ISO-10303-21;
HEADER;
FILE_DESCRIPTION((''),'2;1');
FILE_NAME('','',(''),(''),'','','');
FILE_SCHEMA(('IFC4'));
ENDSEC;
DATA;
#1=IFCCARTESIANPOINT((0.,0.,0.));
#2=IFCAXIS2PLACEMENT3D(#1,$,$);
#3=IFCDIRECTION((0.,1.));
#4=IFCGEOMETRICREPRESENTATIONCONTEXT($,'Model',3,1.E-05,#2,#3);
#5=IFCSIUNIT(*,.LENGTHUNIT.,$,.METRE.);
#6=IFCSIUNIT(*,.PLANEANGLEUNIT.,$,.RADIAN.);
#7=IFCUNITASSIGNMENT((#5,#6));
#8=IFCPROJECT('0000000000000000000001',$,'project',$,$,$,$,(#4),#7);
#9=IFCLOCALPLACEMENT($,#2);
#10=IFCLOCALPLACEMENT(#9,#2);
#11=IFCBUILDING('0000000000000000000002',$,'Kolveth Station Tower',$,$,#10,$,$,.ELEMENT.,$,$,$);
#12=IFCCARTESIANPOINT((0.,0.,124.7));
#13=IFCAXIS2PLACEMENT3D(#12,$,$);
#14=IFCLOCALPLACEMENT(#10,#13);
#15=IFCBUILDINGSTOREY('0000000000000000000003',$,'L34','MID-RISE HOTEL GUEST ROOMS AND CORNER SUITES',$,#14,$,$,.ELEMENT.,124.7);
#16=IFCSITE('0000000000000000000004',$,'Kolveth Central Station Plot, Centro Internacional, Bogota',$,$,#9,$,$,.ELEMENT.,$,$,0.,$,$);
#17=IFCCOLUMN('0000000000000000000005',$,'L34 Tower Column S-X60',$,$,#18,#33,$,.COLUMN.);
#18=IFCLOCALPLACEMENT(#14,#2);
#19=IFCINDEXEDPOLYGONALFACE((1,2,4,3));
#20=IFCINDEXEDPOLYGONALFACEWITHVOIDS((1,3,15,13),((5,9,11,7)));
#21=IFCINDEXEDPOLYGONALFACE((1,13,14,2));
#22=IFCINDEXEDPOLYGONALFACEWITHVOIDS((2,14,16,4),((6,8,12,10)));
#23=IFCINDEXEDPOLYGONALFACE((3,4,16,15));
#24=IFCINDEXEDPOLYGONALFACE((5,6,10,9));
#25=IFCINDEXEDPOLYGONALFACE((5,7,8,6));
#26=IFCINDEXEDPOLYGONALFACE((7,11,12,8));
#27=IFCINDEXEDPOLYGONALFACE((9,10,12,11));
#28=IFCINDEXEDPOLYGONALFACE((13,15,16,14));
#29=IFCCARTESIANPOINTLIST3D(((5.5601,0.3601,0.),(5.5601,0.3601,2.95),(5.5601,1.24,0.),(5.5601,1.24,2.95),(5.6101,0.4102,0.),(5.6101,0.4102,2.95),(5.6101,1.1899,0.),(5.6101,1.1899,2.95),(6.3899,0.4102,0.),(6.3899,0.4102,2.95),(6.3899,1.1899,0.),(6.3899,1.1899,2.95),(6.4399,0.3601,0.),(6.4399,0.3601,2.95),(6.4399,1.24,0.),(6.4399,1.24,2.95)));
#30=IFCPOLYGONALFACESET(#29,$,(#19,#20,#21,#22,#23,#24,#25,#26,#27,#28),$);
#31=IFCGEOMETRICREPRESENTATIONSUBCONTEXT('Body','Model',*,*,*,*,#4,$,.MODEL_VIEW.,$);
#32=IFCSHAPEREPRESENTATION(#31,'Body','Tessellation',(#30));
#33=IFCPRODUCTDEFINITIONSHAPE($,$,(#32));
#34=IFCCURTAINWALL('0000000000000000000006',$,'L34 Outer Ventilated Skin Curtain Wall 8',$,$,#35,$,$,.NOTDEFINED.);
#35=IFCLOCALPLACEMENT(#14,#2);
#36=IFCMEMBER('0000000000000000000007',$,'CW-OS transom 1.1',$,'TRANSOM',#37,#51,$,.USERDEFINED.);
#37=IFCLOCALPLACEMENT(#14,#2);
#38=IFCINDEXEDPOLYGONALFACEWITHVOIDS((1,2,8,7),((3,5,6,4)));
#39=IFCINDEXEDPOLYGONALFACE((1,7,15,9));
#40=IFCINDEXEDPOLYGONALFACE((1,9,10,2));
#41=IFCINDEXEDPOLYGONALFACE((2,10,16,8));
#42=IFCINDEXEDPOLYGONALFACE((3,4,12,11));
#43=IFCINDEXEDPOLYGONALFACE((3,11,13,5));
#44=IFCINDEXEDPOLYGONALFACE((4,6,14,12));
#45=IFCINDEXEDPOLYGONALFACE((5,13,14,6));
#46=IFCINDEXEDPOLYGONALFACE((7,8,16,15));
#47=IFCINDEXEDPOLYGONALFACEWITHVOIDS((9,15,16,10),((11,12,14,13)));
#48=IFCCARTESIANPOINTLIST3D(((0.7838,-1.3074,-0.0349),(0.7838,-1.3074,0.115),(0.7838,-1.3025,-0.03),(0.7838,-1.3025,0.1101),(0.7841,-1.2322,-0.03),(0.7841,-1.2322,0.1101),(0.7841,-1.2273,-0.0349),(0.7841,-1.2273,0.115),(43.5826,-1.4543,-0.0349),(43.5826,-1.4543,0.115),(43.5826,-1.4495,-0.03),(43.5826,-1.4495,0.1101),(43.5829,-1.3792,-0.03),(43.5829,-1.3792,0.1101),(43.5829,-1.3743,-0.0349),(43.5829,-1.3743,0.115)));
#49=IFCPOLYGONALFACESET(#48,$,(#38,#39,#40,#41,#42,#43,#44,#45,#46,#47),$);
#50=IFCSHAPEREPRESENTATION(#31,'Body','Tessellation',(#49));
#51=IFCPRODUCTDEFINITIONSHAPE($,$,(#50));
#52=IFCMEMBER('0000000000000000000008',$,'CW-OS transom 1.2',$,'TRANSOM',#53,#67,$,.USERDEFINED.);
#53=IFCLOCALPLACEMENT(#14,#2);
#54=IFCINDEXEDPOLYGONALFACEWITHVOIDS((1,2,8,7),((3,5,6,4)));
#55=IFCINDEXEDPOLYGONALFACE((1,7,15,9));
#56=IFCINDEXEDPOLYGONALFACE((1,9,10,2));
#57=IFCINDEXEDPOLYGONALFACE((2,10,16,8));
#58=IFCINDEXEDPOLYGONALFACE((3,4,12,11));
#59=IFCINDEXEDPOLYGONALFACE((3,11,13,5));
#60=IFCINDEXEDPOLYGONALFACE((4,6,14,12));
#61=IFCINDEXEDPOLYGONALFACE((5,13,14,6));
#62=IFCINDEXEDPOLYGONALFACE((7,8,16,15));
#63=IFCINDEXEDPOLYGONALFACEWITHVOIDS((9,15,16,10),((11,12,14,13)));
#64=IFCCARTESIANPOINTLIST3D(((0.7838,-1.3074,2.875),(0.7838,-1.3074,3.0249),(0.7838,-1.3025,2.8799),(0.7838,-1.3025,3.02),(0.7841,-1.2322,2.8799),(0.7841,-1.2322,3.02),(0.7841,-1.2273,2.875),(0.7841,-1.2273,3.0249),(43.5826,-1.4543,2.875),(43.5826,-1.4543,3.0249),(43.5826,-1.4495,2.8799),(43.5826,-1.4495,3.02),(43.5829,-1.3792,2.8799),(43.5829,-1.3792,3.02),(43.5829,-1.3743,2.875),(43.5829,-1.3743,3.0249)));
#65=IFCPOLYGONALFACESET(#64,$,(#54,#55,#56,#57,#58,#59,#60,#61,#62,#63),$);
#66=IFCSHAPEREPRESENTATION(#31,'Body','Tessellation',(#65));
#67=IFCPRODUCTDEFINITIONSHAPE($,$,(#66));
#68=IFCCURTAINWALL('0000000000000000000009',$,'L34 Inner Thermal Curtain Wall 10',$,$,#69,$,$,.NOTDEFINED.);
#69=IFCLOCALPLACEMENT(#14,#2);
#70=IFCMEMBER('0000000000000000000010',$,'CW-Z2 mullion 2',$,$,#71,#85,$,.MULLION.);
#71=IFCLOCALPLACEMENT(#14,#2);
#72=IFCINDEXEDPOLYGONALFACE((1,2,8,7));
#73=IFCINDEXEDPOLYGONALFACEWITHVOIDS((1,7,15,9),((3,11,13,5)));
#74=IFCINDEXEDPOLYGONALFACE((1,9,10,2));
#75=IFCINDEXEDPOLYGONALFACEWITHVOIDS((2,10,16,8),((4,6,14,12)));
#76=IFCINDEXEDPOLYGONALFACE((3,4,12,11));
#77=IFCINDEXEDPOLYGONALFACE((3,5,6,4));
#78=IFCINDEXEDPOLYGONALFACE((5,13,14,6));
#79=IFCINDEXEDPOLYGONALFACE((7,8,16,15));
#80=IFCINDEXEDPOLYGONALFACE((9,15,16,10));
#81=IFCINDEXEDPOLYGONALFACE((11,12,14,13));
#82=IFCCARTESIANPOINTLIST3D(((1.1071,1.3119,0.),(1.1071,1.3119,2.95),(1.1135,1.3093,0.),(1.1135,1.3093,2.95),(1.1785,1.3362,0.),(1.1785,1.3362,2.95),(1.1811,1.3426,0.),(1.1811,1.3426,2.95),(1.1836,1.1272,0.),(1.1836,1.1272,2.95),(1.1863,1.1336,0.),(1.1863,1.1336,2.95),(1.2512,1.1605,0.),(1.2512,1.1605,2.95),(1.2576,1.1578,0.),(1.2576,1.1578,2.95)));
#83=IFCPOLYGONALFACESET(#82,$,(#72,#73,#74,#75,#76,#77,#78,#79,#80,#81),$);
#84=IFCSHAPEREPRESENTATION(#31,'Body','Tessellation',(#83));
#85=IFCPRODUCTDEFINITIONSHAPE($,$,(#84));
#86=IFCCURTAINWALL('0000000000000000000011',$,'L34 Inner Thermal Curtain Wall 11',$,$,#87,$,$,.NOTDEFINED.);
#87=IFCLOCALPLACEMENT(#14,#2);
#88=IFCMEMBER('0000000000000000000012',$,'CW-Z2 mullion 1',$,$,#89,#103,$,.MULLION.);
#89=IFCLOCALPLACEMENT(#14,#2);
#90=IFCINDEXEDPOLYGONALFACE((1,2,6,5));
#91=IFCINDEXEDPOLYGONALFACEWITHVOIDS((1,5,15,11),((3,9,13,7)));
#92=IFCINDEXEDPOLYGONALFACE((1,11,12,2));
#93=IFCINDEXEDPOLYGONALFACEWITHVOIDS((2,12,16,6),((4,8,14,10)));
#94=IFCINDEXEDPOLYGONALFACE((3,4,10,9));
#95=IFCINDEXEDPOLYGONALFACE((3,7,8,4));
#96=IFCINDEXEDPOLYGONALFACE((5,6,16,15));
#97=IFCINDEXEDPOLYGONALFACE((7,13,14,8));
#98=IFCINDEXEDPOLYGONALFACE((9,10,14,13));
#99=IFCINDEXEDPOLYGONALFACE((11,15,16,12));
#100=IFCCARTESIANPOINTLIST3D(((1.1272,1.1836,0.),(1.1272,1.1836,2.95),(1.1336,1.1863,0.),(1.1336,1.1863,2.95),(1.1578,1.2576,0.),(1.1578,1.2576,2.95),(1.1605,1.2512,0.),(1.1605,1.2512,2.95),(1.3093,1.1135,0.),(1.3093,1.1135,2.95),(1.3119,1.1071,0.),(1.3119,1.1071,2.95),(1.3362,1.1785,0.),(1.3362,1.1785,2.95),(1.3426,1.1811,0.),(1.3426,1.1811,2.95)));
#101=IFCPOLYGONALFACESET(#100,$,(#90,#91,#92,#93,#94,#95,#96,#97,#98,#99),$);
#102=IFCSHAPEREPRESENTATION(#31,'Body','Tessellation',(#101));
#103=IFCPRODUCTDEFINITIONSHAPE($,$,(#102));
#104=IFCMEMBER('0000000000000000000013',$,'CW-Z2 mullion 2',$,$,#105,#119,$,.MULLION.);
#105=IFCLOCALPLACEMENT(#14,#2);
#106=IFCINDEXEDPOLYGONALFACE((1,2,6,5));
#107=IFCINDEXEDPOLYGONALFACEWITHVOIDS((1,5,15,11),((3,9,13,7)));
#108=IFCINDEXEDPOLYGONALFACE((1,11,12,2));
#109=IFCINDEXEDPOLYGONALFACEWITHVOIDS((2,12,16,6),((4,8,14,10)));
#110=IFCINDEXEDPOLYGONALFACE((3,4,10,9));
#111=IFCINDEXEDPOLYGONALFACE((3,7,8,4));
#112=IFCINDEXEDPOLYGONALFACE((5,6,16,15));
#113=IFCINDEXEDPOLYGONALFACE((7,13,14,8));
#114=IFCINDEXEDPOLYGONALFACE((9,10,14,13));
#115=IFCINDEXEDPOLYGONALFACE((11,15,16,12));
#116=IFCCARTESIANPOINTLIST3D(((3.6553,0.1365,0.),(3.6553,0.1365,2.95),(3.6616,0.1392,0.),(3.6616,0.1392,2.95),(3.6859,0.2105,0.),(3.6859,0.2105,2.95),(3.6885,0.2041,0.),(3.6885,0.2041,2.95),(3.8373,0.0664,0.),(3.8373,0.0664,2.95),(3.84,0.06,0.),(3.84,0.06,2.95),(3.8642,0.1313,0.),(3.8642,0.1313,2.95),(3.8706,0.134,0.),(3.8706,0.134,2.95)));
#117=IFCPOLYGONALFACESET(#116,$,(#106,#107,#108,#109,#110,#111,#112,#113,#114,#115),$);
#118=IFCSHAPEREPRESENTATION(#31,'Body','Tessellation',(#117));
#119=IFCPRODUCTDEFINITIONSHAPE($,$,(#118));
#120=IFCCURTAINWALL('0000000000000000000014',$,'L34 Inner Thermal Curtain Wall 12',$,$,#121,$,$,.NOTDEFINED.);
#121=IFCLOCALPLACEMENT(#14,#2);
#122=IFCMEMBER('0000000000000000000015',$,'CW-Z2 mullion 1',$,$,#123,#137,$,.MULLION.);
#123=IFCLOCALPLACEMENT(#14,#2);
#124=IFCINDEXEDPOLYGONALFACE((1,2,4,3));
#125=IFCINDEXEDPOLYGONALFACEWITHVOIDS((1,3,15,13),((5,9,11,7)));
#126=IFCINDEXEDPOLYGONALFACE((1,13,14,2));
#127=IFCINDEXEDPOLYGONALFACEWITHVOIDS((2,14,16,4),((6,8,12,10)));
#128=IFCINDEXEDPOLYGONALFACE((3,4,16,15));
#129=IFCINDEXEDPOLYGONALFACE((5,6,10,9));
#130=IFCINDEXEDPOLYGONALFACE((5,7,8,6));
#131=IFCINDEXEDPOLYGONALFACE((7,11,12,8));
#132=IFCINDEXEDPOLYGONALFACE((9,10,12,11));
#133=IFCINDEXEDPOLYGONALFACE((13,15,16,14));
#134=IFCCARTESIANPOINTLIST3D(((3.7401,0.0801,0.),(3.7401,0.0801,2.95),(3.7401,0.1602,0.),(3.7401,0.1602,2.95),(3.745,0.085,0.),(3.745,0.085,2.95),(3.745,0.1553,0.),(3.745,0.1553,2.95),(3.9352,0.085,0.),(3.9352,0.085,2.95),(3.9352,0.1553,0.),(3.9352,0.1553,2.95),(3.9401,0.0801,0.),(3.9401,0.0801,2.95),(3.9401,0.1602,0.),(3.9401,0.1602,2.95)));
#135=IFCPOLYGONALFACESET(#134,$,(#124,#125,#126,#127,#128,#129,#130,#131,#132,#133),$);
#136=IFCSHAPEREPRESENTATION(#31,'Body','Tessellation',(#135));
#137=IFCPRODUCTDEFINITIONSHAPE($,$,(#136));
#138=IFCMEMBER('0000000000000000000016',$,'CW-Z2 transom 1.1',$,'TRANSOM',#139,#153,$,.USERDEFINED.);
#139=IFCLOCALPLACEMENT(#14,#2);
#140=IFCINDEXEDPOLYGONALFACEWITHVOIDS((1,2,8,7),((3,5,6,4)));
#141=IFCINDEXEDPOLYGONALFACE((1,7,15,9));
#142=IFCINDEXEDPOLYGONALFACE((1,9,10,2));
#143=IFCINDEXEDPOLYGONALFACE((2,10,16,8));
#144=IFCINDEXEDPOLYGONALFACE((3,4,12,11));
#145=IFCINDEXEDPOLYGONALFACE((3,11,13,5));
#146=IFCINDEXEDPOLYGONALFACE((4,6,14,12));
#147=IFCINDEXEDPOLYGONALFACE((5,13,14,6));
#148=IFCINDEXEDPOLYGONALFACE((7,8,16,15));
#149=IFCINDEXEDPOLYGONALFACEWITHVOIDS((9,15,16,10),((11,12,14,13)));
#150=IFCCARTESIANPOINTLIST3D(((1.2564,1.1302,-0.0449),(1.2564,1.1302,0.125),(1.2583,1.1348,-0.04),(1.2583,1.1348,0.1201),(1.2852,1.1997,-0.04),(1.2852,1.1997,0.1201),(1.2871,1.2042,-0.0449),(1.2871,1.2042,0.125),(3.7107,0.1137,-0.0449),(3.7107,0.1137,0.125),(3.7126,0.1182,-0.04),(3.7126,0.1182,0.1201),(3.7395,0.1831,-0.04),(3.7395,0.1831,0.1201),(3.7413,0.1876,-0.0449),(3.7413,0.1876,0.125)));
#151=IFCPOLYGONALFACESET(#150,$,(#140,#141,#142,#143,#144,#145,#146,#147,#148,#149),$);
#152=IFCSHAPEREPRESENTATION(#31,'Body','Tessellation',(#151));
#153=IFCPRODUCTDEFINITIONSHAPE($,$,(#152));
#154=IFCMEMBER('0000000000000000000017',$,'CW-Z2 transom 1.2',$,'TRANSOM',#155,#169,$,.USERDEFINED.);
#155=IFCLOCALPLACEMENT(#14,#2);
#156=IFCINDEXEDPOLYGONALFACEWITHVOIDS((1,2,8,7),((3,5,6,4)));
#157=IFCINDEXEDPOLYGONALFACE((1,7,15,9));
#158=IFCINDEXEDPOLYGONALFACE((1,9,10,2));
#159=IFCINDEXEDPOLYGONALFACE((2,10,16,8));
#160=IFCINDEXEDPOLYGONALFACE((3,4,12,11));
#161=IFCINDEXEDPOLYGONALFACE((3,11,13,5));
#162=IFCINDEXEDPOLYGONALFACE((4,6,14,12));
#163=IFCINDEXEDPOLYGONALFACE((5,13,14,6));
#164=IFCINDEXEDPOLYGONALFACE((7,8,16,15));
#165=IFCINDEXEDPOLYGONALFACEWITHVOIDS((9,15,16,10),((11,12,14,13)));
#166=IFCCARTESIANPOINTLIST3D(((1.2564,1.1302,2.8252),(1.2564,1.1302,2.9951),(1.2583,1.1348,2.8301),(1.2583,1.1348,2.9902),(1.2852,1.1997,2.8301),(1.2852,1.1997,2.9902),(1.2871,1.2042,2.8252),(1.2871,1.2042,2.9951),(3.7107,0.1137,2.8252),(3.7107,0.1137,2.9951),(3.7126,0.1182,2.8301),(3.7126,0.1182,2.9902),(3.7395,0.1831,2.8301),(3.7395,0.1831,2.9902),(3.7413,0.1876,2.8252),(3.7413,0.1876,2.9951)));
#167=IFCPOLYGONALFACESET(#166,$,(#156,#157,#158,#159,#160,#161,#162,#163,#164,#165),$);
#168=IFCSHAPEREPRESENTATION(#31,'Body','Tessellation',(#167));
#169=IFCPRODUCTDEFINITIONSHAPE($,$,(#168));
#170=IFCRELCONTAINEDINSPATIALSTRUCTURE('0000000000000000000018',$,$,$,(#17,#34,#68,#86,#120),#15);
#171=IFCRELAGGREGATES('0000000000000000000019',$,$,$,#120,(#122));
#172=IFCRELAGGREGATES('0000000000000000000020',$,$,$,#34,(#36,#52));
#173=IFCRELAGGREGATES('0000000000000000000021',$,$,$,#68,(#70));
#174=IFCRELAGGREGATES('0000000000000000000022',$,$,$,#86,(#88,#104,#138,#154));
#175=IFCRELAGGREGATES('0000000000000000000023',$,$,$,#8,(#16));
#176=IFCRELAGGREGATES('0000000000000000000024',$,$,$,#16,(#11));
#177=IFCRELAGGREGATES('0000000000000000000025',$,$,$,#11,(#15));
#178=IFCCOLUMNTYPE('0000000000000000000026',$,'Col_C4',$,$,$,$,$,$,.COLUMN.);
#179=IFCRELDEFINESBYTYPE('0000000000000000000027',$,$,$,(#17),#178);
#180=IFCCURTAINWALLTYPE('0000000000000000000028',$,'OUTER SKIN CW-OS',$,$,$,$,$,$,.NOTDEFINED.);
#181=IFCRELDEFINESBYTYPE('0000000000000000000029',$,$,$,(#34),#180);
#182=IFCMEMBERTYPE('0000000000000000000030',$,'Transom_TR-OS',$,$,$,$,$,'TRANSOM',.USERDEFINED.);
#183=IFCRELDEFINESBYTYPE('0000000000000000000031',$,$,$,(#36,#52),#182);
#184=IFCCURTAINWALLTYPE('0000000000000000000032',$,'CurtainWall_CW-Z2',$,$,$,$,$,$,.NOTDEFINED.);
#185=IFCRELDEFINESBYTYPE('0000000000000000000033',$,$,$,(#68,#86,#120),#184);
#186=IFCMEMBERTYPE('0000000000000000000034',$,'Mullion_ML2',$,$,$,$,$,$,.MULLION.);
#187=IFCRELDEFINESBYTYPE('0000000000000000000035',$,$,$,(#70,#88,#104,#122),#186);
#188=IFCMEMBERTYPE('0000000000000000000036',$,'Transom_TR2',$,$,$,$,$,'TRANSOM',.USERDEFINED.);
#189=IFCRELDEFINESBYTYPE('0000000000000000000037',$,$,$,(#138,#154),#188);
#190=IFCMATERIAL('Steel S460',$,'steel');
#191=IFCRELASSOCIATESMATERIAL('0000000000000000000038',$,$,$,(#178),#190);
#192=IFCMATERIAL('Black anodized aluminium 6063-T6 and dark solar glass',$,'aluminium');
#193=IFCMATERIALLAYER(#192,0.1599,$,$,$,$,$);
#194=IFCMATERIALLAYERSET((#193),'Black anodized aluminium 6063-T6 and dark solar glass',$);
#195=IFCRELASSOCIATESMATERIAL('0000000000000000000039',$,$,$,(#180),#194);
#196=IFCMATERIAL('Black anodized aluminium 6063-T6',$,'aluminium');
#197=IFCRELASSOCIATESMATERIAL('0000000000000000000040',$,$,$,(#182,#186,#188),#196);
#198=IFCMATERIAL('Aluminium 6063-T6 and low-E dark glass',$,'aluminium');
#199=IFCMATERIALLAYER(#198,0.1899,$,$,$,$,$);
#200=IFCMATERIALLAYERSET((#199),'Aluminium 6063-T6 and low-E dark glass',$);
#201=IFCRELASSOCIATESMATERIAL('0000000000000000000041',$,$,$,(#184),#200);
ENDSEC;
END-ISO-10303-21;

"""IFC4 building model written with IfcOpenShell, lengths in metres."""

from ifc_helpers import new_model, si_unit, direction, frame, origin, origin_2d, place, context, subcontext, project, spatial, hollow_rectangle, extrude, source, transform, mapped, material, layer, layer_set, material_profile, profile_set, type_object, element, aggregate, save


model = new_model("IFC4")

# Units and contexts
model_context = context("Model", 3, precision=1e-05, world=origin(), true_north=direction((0.0, 1.0)))
body_context = subcontext(model_context, "Body", "Model", "MODEL_VIEW")
ifc_project = project(units=[si_unit("LENGTHUNIT", "METRE"), si_unit("PLANEANGLEUNIT", "RADIAN")], contexts=[model_context])

# Site, building, storey
site_placement = place(None, origin())
site = spatial("IfcSite", under=ifc_project, at=site_placement, Name="Kolveth Central Station Plot, Centro Internacional, Bogota", CompositionType="ELEMENT", RefElevation=0.0)
building_placement = place(site_placement, origin())
building = spatial("IfcBuilding", under=site, at=building_placement, Name="Kolveth Station Tower", CompositionType="ELEMENT")
storey_placement = place(building_placement, frame((0.0, 0.0, 124.7)))
storey = spatial("IfcBuildingStorey", under=building, at=storey_placement, Name="L34", Description="MID-RISE HOTEL GUEST ROOMS AND CORNER SUITES", CompositionType="ELEMENT", Elevation=124.7)

# Column
ifc_material_1 = material(Name="Steel S460", Category="steel")
ifc_material_profile_1 = material_profile(ifc_material_1, hollow_rectangle(XDim=0.8799, YDim=0.8799, WallThickness=0.05, at=origin_2d()), Name="BOX880x880x50")
ifc_profile_set_1 = profile_set([ifc_material_profile_1], Name="Steel S460")
column_type = type_object("IfcColumnType", Name="Col_C4", PredefinedType="COLUMN", material=ifc_profile_set_1)
shared_shape_1 = source(origin(), body_context, "Body", "SweptSolid", [
    extrude(hollow_rectangle(XDim=0.8799, YDim=0.8799, WallThickness=0.05, at=origin_2d()), origin(), (0.0, 0.0, 1.0), 2.95),
])
column_placement = place(storey_placement, frame((6.0, 0.8, 0.0), z_axis=(0.0, 0.0, 1.0), x_axis=(1.0, 0.0, 0.0)))
element("IfcColumn", 1, at=column_placement, inside=storey, type_object=column_type, Name="L34 Tower Column S-X60", PredefinedType="COLUMN", context=body_context, shape_type="MappedRepresentation", body=[
    mapped(shared_shape_1, transform((0.0, 0.0, 0.0), x_axis=(1.0, 0.0, 0.0), y_axis=(0.0, 1.0, 0.0), z_axis=(0.0, 0.0, 1.0), scale=1.0)),
])

# Curtain wall, members
ifc_material_2 = material(Name="Black anodized aluminium 6063-T6 and dark solar glass", Category="aluminium")
ifc_layer_1 = layer(ifc_material_2, 0.1599)
ifc_layer_set_1 = layer_set([ifc_layer_1], Name="Black anodized aluminium 6063-T6 and dark solar glass")
curtain_wall_type_1 = type_object("IfcCurtainWallType", Name="OUTER SKIN CW-OS", PredefinedType="NOTDEFINED", material=ifc_layer_set_1)
curtain_wall_1_placement = place(storey_placement, origin())
curtain_wall_1 = element("IfcCurtainWall", 2, at=curtain_wall_1_placement, inside=storey, type_object=curtain_wall_type_1, Name="L34 Outer Ventilated Skin Curtain Wall 8", PredefinedType="NOTDEFINED")
ifc_material_3 = material(Name="Black anodized aluminium 6063-T6", Category="aluminium")
ifc_material_profile_2 = material_profile(ifc_material_3, hollow_rectangle(XDim=0.0801, YDim=0.1499, WallThickness=0.0049, at=origin_2d()), Name="ALU-80x150x5")
ifc_profile_set_2 = profile_set([ifc_material_profile_2], Name="Black anodized aluminium 6063-T6")
member_type_1 = type_object("IfcMemberType", Name="Transom_TR-OS", ElementType="TRANSOM", PredefinedType="USERDEFINED", material=ifc_profile_set_2)
shared_shape_2 = source(origin(), body_context, "Body", "SweptSolid", [
    extrude(hollow_rectangle(XDim=0.0801, YDim=0.1499, WallThickness=0.0049, at=origin_2d()), origin(), (0.0, 0.0, 1.0), 42.7991),
])
member_1_placement = place(storey_placement, frame((0.7839, -1.2673, 0.04), z_axis=(0.999994, -0.003434, 0.0), x_axis=(0.003434, 0.999994, 0.0)))
member_1 = element("IfcMember", 3, at=member_1_placement, type_object=member_type_1, Name="CW-OS transom 1.1", ObjectType="TRANSOM", PredefinedType="USERDEFINED", context=body_context, shape_type="MappedRepresentation", body=[
    mapped(shared_shape_2, transform((0.0, 0.0, 0.0), x_axis=(1.0, 0.0, 0.0), y_axis=(0.0, 1.0, 0.0), z_axis=(0.0, 0.0, 1.0), scale=1.0)),
])
member_2_placement = place(storey_placement, frame((0.7839, -1.2673, 2.95), z_axis=(0.999994, -0.003434, 0.0), x_axis=(0.003434, 0.999994, 0.0)))
member_2 = element("IfcMember", 4, at=member_2_placement, type_object=member_type_1, Name="CW-OS transom 1.2", ObjectType="TRANSOM", PredefinedType="USERDEFINED", context=body_context, shape_type="MappedRepresentation", body=[
    mapped(shared_shape_2, transform((0.0, 0.0, 0.0), x_axis=(1.0, 0.0, 0.0), y_axis=(0.0, 1.0, 0.0), z_axis=(0.0, 0.0, 1.0), scale=1.0)),
])

# Curtain wall, member
ifc_material_4 = material(Name="Aluminium 6063-T6 and low-E dark glass", Category="aluminium")
ifc_layer_2 = layer(ifc_material_4, 0.1899)
ifc_layer_set_2 = layer_set([ifc_layer_2], Name="Aluminium 6063-T6 and low-E dark glass")
curtain_wall_type_2 = type_object("IfcCurtainWallType", Name="CurtainWall_CW-Z2", PredefinedType="NOTDEFINED", material=ifc_layer_set_2)
curtain_wall_2_placement = place(storey_placement, origin())
curtain_wall_2 = element("IfcCurtainWall", 5, at=curtain_wall_2_placement, inside=storey, type_object=curtain_wall_type_2, Name="L34 Inner Thermal Curtain Wall 10", PredefinedType="NOTDEFINED")
ifc_material_profile_3 = material_profile(ifc_material_3, hollow_rectangle(XDim=0.0801, YDim=0.2, WallThickness=0.0049, at=origin_2d()), Name="ALU-80x200x5")
ifc_profile_set_3 = profile_set([ifc_material_profile_3], Name="Black anodized aluminium 6063-T6")
member_type_2 = type_object("IfcMemberType", Name="Mullion_ML2", PredefinedType="MULLION", material=ifc_profile_set_3)
shared_shape_3 = source(origin(), body_context, "Body", "SweptSolid", [
    extrude(hollow_rectangle(XDim=0.0801, YDim=0.2, WallThickness=0.0049, at=origin_2d()), origin(), (0.0, 0.0, 1.0), 2.95),
])
member_3_placement = place(storey_placement, frame((1.1824, 1.2349, 0.0), z_axis=(0.0, 0.0, 1.0), x_axis=(0.923888, 0.382663, 0.0)))
member_3 = element("IfcMember", 6, at=member_3_placement, type_object=member_type_2, Name="CW-Z2 mullion 2", PredefinedType="MULLION", context=body_context, shape_type="MappedRepresentation", body=[
    mapped(shared_shape_3, transform((0.0, 0.0, 0.0), x_axis=(1.0, 0.0, 0.0), y_axis=(0.0, 1.0, 0.0), z_axis=(0.0, 0.0, 1.0), scale=1.0)),
])

# Curtain wall, members
curtain_wall_3_placement = place(storey_placement, origin())
curtain_wall_3 = element("IfcCurtainWall", 7, at=curtain_wall_3_placement, inside=storey, type_object=curtain_wall_type_2, Name="L34 Inner Thermal Curtain Wall 11", PredefinedType="NOTDEFINED")
member_4_placement = place(storey_placement, frame((1.2349, 1.1824, 0.0), z_axis=(0.0, 0.0, 1.0), x_axis=(0.382663, 0.923888, 0.0)))
member_4 = element("IfcMember", 8, at=member_4_placement, type_object=member_type_2, Name="CW-Z2 mullion 1", PredefinedType="MULLION", context=body_context, shape_type="MappedRepresentation", body=[
    mapped(shared_shape_3, transform((0.0, 0.0, 0.0), x_axis=(1.0, 0.0, 0.0), y_axis=(0.0, 1.0, 0.0), z_axis=(0.0, 0.0, 1.0), scale=1.0)),
])
member_5_placement = place(storey_placement, frame((3.7629, 0.1353, 0.0), z_axis=(0.0, 0.0, 1.0), x_axis=(0.382663, 0.923888, 0.0)))
member_5 = element("IfcMember", 9, at=member_5_placement, type_object=member_type_2, Name="CW-Z2 mullion 2", PredefinedType="MULLION", context=body_context, shape_type="MappedRepresentation", body=[
    mapped(shared_shape_3, transform((0.0, 0.0, 0.0), x_axis=(1.0, 0.0, 0.0), y_axis=(0.0, 1.0, 0.0), z_axis=(0.0, 0.0, 1.0), scale=1.0)),
])

# Curtain wall, member
curtain_wall_4_placement = place(storey_placement, origin())
curtain_wall_4 = element("IfcCurtainWall", 10, at=curtain_wall_4_placement, inside=storey, type_object=curtain_wall_type_2, Name="L34 Inner Thermal Curtain Wall 12", PredefinedType="NOTDEFINED")
member_6_placement = place(storey_placement, frame((3.8401, 0.1201, 0.0), z_axis=(0.0, 0.0, 1.0), x_axis=(0.0, 1.0, 0.0)))
member_6 = element("IfcMember", 11, at=member_6_placement, type_object=member_type_2, Name="CW-Z2 mullion 1", PredefinedType="MULLION", context=body_context, shape_type="MappedRepresentation", body=[
    mapped(shared_shape_3, transform((0.0, 0.0, 0.0), x_axis=(1.0, 0.0, 0.0), y_axis=(0.0, 1.0, 0.0), z_axis=(0.0, 0.0, 1.0), scale=1.0)),
])

# Members
ifc_material_profile_4 = material_profile(ifc_material_3, hollow_rectangle(XDim=0.0801, YDim=0.1699, WallThickness=0.0049, at=origin_2d()), Name="ALU-80x170x5")
ifc_profile_set_4 = profile_set([ifc_material_profile_4], Name="Black anodized aluminium 6063-T6")
member_type_3 = type_object("IfcMemberType", Name="Transom_TR2", ElementType="TRANSOM", PredefinedType="USERDEFINED", material=ifc_profile_set_4)
shared_shape_4 = source(origin(), body_context, "Body", "SweptSolid", [
    extrude(hollow_rectangle(XDim=0.0801, YDim=0.1699, WallThickness=0.0049, at=origin_2d()), origin(), (0.0, 0.0, 1.0), 2.6565),
])
member_7_placement = place(storey_placement, frame((1.2717, 1.1672, 0.04), z_axis=(0.923882, -0.382676, 0.0), x_axis=(0.382676, 0.923882, 0.0)))
member_7 = element("IfcMember", 12, at=member_7_placement, type_object=member_type_3, Name="CW-Z2 transom 1.1", ObjectType="TRANSOM", PredefinedType="USERDEFINED", context=body_context, shape_type="MappedRepresentation", body=[
    mapped(shared_shape_4, transform((0.0, 0.0, 0.0), x_axis=(1.0, 0.0, 0.0), y_axis=(0.0, 1.0, 0.0), z_axis=(0.0, 0.0, 1.0), scale=1.0)),
])
member_8_placement = place(storey_placement, frame((1.2717, 1.1672, 2.9102), z_axis=(0.923882, -0.382676, 0.0), x_axis=(0.382676, 0.923882, 0.0)))
member_8 = element("IfcMember", 13, at=member_8_placement, type_object=member_type_3, Name="CW-Z2 transom 1.2", ObjectType="TRANSOM", PredefinedType="USERDEFINED", context=body_context, shape_type="MappedRepresentation", body=[
    mapped(shared_shape_4, transform((0.0, 0.0, 0.0), x_axis=(1.0, 0.0, 0.0), y_axis=(0.0, 1.0, 0.0), z_axis=(0.0, 0.0, 1.0), scale=1.0)),
])
aggregate(curtain_wall_4, [member_6])

aggregate(curtain_wall_1, [member_1, member_2])

aggregate(curtain_wall_2, [member_3])
aggregate(curtain_wall_3, [member_4, member_5, member_7, member_8])

save(model, "model.ifc")
